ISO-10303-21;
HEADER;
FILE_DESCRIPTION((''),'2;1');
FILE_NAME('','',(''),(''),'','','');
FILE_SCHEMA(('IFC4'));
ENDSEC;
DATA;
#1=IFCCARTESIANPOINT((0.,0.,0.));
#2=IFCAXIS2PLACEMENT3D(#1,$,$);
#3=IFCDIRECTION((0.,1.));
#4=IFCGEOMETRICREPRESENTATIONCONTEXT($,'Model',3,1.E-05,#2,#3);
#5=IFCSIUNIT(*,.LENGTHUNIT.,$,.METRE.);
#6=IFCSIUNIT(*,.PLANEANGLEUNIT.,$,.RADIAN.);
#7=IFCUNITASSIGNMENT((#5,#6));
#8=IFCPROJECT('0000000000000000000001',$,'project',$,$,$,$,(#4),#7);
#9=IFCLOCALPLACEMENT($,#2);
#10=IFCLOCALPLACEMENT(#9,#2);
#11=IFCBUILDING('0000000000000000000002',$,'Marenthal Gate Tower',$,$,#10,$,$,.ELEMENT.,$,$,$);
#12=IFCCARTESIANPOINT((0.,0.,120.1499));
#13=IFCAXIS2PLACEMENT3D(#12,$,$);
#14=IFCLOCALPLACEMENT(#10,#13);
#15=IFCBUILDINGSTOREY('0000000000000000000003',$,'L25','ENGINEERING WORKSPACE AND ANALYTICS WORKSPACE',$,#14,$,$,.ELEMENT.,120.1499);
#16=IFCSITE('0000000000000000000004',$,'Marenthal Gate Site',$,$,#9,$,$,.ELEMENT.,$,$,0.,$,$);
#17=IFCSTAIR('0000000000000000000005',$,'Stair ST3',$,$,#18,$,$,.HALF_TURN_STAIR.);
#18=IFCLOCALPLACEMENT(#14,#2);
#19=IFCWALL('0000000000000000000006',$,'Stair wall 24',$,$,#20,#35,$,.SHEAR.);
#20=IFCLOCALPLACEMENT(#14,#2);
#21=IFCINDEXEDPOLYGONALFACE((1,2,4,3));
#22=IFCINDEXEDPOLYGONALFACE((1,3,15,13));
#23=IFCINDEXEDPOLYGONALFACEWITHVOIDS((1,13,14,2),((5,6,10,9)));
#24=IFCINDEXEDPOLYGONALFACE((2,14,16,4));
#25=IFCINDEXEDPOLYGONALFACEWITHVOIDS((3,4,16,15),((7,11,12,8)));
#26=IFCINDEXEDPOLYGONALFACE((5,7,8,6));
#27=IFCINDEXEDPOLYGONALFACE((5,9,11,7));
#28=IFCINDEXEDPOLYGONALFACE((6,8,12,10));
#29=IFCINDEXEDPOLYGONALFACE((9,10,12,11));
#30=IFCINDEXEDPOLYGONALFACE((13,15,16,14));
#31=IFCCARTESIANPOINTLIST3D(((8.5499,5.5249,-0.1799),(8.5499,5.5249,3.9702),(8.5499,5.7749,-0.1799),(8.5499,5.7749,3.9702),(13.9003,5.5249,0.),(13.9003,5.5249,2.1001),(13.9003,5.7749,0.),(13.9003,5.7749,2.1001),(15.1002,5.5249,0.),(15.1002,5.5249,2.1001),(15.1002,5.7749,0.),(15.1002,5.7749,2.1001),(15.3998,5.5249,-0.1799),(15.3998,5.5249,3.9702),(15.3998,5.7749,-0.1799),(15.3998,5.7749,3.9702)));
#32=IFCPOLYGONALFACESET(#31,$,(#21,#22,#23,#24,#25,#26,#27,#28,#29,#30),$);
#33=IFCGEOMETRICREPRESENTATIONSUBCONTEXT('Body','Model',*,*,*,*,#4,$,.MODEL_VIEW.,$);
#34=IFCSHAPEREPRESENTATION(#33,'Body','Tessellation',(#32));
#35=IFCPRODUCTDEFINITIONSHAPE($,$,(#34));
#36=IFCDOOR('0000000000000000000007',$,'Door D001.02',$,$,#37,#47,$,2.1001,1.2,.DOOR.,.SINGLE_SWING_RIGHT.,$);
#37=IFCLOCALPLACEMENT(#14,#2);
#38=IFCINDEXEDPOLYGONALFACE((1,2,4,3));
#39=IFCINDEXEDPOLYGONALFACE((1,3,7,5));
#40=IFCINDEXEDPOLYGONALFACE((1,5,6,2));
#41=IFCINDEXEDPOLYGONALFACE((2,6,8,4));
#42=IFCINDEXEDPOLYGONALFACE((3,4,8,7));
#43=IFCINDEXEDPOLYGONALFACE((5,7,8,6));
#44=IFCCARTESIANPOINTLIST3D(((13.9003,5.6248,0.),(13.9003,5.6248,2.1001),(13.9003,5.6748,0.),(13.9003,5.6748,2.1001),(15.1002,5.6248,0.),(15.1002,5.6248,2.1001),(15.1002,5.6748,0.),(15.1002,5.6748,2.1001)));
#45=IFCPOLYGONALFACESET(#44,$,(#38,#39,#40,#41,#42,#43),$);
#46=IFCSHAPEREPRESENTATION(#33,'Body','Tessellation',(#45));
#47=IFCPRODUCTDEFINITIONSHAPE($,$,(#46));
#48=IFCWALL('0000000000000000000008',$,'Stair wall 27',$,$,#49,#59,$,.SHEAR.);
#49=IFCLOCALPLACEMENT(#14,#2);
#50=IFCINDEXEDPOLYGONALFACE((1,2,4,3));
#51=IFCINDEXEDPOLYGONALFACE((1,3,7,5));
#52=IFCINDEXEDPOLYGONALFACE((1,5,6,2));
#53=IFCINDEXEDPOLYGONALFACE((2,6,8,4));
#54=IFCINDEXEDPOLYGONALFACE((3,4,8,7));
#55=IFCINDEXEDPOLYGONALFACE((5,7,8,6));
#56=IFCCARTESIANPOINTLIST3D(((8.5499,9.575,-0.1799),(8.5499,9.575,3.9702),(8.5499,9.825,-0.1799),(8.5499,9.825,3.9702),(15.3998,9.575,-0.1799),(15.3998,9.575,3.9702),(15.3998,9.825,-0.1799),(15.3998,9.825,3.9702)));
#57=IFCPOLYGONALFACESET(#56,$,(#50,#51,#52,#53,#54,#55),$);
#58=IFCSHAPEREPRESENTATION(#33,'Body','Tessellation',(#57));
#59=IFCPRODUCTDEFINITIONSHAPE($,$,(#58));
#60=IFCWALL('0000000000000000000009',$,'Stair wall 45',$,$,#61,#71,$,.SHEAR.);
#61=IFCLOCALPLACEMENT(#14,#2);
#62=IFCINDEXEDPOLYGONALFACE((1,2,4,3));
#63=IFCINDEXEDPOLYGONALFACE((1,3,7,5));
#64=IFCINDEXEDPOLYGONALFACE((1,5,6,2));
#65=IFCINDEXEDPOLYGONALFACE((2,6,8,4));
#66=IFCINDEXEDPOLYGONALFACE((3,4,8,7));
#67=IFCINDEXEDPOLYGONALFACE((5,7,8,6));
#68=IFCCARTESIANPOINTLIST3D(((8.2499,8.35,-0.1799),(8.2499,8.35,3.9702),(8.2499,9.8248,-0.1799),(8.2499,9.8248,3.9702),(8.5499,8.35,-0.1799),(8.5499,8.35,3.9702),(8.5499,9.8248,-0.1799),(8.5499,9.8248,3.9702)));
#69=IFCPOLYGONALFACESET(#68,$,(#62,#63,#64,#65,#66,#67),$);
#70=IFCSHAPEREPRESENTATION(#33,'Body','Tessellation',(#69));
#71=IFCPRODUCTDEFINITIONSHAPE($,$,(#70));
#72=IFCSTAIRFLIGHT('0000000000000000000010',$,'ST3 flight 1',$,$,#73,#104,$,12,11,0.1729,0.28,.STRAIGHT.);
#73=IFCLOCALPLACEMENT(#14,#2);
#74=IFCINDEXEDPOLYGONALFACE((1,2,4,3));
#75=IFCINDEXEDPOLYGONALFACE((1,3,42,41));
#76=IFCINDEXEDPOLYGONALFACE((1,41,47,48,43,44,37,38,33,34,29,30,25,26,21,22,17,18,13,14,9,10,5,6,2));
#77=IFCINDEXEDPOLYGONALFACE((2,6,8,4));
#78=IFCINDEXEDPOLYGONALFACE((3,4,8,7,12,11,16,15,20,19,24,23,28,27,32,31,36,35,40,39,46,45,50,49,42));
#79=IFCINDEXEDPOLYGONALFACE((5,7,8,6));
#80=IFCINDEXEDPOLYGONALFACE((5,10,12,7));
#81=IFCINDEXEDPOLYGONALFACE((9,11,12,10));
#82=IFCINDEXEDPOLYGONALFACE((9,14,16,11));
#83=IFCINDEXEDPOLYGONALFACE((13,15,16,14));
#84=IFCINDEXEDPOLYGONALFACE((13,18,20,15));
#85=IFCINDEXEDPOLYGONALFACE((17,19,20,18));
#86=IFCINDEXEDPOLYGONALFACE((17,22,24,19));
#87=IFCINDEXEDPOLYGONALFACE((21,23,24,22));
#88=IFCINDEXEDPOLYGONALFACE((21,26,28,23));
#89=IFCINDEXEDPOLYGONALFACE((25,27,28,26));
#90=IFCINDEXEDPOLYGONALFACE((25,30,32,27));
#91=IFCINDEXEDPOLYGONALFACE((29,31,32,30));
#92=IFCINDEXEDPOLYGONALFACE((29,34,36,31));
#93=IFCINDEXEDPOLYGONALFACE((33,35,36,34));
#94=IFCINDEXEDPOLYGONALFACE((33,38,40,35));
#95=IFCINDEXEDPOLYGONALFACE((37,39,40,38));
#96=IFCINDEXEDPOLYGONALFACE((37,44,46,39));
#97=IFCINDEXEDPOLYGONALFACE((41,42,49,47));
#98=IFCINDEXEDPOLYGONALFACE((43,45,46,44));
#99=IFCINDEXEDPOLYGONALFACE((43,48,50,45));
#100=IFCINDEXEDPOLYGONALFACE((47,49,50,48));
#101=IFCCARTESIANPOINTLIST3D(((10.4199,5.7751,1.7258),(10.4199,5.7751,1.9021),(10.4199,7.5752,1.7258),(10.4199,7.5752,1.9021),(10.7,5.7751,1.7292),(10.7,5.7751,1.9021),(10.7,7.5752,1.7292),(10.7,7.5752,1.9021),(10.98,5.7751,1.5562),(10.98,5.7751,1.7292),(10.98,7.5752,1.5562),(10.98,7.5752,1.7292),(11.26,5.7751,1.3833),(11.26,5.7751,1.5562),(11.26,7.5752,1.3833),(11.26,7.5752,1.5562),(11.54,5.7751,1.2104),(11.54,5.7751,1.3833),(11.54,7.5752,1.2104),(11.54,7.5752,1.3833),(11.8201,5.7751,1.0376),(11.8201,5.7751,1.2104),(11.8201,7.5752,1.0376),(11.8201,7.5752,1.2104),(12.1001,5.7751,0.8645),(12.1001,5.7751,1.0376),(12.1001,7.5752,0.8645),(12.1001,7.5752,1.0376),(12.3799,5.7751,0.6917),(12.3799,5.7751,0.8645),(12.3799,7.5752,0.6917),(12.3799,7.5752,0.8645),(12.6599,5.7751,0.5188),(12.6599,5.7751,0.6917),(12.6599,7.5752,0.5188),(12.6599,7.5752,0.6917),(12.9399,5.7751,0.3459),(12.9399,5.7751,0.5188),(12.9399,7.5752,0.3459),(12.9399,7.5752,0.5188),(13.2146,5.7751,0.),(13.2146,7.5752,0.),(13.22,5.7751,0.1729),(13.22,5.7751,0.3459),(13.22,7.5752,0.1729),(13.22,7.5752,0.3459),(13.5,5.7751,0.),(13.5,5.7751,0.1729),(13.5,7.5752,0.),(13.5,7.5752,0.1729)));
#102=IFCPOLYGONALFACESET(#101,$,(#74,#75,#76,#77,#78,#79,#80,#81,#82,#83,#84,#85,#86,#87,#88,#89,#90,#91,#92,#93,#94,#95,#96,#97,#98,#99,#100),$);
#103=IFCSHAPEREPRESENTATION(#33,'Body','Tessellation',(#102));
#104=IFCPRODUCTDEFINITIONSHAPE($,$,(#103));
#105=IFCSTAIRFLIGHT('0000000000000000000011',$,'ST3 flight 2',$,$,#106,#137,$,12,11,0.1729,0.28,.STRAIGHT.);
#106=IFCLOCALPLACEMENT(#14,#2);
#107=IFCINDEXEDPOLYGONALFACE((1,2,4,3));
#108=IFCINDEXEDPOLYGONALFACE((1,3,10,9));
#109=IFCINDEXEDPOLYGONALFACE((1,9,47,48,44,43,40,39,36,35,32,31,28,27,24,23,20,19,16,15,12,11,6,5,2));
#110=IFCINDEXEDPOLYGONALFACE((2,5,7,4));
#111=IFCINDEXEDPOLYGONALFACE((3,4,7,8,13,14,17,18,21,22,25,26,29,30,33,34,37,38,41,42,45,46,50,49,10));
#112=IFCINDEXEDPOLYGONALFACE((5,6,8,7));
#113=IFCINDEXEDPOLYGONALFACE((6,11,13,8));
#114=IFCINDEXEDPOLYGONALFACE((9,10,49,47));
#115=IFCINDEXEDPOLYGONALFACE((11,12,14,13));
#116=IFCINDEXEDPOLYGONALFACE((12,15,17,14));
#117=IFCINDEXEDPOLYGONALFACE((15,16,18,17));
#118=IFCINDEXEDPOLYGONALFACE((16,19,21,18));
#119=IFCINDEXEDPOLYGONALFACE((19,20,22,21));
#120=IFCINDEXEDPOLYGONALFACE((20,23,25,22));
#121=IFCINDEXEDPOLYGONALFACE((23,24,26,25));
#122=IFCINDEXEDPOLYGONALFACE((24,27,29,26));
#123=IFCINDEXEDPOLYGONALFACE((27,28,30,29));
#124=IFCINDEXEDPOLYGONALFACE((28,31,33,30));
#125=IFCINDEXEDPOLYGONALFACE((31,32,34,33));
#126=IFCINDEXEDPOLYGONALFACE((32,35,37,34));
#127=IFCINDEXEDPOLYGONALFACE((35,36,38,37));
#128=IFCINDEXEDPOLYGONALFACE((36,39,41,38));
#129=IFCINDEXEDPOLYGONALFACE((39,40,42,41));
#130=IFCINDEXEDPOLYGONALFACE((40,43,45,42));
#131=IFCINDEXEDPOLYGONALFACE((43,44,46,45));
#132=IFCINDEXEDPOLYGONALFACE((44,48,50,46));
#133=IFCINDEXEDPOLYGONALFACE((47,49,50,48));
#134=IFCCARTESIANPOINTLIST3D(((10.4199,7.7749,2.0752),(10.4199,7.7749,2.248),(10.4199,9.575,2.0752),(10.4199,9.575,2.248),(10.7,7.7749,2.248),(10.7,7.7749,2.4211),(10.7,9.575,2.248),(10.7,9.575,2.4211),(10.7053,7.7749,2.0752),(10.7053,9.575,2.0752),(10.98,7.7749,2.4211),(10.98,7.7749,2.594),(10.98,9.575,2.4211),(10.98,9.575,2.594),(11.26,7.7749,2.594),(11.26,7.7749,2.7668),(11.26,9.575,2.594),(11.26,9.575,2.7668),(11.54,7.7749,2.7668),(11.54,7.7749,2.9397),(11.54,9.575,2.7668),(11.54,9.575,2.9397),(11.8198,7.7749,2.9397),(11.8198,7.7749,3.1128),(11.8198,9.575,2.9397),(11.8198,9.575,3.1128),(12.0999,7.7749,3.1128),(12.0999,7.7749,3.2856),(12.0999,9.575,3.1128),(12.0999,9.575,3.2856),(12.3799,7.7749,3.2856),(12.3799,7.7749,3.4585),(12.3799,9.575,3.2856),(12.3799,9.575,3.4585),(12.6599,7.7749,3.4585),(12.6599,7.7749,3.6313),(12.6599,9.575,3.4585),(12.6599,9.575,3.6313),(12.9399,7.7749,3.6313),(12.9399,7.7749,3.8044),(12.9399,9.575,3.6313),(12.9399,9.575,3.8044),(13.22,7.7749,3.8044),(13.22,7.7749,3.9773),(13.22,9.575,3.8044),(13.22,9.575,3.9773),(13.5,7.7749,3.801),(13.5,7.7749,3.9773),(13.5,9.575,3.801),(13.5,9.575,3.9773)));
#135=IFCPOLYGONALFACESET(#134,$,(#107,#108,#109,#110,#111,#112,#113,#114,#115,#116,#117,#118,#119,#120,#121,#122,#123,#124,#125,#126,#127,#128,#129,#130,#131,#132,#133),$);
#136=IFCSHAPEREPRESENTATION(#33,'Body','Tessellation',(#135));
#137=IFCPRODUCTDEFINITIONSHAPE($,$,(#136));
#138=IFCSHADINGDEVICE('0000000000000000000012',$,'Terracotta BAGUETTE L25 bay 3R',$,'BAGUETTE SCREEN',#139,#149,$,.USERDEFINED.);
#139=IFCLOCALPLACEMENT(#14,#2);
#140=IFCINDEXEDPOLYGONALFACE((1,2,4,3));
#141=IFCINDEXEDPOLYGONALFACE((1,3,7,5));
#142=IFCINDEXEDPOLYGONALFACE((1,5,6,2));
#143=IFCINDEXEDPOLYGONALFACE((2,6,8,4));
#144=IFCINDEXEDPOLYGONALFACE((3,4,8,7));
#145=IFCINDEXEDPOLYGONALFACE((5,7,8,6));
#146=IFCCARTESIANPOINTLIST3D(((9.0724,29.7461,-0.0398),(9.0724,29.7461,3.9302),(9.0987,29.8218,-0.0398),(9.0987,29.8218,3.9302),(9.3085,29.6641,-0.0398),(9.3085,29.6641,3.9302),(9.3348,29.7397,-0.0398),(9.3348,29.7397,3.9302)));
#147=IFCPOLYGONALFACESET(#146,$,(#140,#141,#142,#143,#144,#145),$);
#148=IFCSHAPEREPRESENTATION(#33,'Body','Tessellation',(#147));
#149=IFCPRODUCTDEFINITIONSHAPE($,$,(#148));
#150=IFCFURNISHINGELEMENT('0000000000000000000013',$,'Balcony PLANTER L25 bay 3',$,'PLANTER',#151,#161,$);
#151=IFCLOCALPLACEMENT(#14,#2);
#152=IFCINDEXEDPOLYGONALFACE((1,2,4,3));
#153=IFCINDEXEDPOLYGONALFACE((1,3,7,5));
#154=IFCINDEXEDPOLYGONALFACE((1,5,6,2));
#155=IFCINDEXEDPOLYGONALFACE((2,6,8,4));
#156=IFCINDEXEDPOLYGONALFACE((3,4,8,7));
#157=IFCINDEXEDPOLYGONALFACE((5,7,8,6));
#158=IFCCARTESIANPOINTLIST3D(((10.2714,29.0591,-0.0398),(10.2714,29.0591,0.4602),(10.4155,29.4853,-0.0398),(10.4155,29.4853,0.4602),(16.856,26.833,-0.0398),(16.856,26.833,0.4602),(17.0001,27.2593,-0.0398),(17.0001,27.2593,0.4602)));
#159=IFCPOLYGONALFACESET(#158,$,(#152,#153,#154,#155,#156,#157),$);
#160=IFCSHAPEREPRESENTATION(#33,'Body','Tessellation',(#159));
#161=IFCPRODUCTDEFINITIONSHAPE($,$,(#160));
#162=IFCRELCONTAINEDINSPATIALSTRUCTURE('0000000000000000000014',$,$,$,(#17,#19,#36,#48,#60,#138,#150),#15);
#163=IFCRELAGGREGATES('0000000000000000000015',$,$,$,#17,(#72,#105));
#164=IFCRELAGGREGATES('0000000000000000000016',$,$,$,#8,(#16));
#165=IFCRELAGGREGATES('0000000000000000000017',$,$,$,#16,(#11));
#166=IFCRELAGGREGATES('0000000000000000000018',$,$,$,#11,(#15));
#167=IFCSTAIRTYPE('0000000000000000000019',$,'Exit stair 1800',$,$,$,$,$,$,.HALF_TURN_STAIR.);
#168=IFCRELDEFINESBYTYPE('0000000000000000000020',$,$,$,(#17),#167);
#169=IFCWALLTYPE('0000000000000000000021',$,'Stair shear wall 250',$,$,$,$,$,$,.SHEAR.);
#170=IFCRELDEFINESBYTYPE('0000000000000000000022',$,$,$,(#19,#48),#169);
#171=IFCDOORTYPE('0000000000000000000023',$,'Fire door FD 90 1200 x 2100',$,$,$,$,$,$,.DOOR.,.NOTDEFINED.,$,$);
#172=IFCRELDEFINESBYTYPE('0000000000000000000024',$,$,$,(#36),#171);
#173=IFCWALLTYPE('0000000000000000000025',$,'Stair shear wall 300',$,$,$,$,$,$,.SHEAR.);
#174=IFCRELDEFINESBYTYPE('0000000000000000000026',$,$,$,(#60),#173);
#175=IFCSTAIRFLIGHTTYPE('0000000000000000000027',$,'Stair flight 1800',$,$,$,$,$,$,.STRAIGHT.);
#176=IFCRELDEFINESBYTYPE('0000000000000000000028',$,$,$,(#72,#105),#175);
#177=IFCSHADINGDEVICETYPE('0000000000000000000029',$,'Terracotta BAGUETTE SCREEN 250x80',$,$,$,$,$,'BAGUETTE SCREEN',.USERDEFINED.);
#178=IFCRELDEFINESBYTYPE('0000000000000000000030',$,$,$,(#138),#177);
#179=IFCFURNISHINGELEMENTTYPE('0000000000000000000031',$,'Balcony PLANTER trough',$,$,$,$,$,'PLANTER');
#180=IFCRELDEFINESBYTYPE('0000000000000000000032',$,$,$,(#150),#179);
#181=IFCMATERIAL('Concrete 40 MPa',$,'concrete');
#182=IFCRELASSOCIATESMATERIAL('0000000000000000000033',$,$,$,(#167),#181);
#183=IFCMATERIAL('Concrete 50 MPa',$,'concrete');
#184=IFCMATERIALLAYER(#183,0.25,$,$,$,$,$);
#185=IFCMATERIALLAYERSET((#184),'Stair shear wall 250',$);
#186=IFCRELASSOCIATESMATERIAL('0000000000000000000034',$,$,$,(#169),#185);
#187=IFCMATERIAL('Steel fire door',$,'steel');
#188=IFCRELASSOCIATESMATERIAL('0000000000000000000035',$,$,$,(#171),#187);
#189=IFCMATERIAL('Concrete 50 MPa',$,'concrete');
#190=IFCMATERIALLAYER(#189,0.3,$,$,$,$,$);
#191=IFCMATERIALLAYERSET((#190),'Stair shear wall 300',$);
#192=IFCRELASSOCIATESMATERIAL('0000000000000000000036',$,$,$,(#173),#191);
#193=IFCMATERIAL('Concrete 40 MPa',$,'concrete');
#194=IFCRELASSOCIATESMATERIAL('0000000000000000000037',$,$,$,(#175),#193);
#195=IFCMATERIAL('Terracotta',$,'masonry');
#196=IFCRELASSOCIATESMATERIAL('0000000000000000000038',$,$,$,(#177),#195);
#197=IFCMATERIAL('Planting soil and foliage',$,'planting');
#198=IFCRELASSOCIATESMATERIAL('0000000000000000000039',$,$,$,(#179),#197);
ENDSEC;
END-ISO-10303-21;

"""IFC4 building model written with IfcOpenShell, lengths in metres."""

from ifc_helpers import new_model, si_unit, direction, frame, frame_2d, origin, origin_2d, place, context, subcontext, project, spatial, polyline, rectangle, outline, extrude, material, layer, layer_set, material_profile, profile_set, type_object, element, fill, aggregate, save


model = new_model("IFC4")

# Units and contexts
model_context = context("Model", 3, precision=1e-05, world=origin(), true_north=direction((0.0, 1.0)))
body_context = subcontext(model_context, "Body", "Model", "MODEL_VIEW")
ifc_project = project(units=[si_unit("LENGTHUNIT", "METRE"), si_unit("PLANEANGLEUNIT", "RADIAN")], contexts=[model_context])

# Site, building, storey
site_placement = place(None, origin())
site = spatial("IfcSite", under=ifc_project, at=site_placement, Name="Marenthal Gate Site", CompositionType="ELEMENT", RefElevation=0.0)
building_placement = place(site_placement, origin())
building = spatial("IfcBuilding", under=site, at=building_placement, Name="Marenthal Gate Tower", CompositionType="ELEMENT")
storey_placement = place(building_placement, frame((0.0, 0.0, 120.1499)))
storey = spatial("IfcBuildingStorey", under=building, at=storey_placement, Name="L25", Description="ENGINEERING WORKSPACE AND ANALYTICS WORKSPACE", CompositionType="ELEMENT", Elevation=120.1499)

# Stair
ifc_material_1 = material(Name="Concrete 40 MPa", Category="concrete")
stair_type = type_object("IfcStairType", Name="Exit stair 1800", PredefinedType="HALF_TURN_STAIR", material=ifc_material_1)
stair_1_placement = place(storey_placement, origin())
stair_1 = element("IfcStair", 1, at=stair_1_placement, inside=storey, type_object=stair_type, Name="Stair ST3", PredefinedType="HALF_TURN_STAIR")

# Wall, opening, door
ifc_material_2 = material(Name="Concrete 50 MPa", Category="concrete")
ifc_layer_1 = layer(ifc_material_2, 0.25)
ifc_layer_set_1 = layer_set([ifc_layer_1], Name="Stair shear wall 250")
wall_type_1 = type_object("IfcWallType", Name="Stair shear wall 250", PredefinedType="SHEAR", material=ifc_layer_set_1)
wall_1_placement = place(storey_placement, frame((8.55, 5.6499, -0.1799), z_axis=(0.0, 0.0, 1.0), x_axis=(1.0, 0.0, 0.0)))
wall_1 = element("IfcWall", 2, at=wall_1_placement, inside=storey, type_object=wall_type_1, Name="Stair wall 24", PredefinedType="SHEAR", context=body_context, shape_type="SweptSolid", body=[
    extrude(rectangle(XDim=6.8499, YDim=0.25, at=frame_2d((3.4248, 0.0))), origin(), (0.0, 0.0, 1.0), 4.1501),
])
opening_1_placement = place(wall_1_placement, frame((5.3501, 0.0, 0.1799)))
opening_1 = element("IfcOpeningElement", 3, at=opening_1_placement, cuts=wall_1, PredefinedType="OPENING", context=body_context, shape_type="SweptSolid", body=[
    extrude(rectangle(XDim=1.2, YDim=2.1001, at=frame_2d((0.6001, 1.05))), frame((0.0, 0.135, 0.0), z_axis=(0.0, -1.0, 0.0), x_axis=(1.0, 0.0, 0.0)), (0.0, 0.0, 1.0), 0.27),
])
ifc_material_3 = material(Name="Steel fire door", Category="steel")
door_type_1 = type_object("IfcDoorType", Name="Fire door FD 90 1200 x 2100", OperationType="NOTDEFINED", PredefinedType="DOOR", material=ifc_material_3)
door_1_placement = place(opening_1_placement, origin())
door_1 = element("IfcDoor", 4, at=door_1_placement, inside=storey, type_object=door_type_1, Name="Door D001.02", OperationType="SINGLE_SWING_RIGHT", OverallHeight=2.1001, OverallWidth=1.2, PredefinedType="DOOR", context=body_context, shape_type="SweptSolid", body=[
    extrude(rectangle(XDim=1.2, YDim=2.1001, at=frame_2d((0.6001, 1.05))), frame((0.0, 0.0249, 0.0), z_axis=(0.0, -1.0, 0.0), x_axis=(1.0, 0.0, 0.0)), (0.0, 0.0, 1.0), 0.05),
])
fill(opening_1, door_1)

# Walls
wall_2_placement = place(storey_placement, frame((8.55, 9.7, -0.1799), z_axis=(0.0, 0.0, 1.0), x_axis=(1.0, 0.0, 0.0)))
element("IfcWall", 5, at=wall_2_placement, inside=storey, type_object=wall_type_1, Name="Stair wall 27", PredefinedType="SHEAR", context=body_context, shape_type="SweptSolid", body=[
    extrude(rectangle(XDim=6.8499, YDim=0.25, at=frame_2d((3.4248, 0.0))), origin(), (0.0, 0.0, 1.0), 4.1501),
])
ifc_material_4 = material(Name="Concrete 50 MPa", Category="concrete")
ifc_layer_2 = layer(ifc_material_4, 0.3)
ifc_layer_set_2 = layer_set([ifc_layer_2], Name="Stair shear wall 300")
wall_type_2 = type_object("IfcWallType", Name="Stair shear wall 300", PredefinedType="SHEAR", material=ifc_layer_set_2)
wall_3_placement = place(storey_placement, frame((8.3999, 8.3501, -0.1799), z_axis=(0.0, 0.0, 1.0), x_axis=(0.0, 1.0, 0.0)))
element("IfcWall", 6, at=wall_3_placement, inside=storey, type_object=wall_type_2, Name="Stair wall 45", PredefinedType="SHEAR", context=body_context, shape_type="SweptSolid", body=[
    extrude(rectangle(XDim=1.4749, YDim=0.3, at=frame_2d((0.7373, 0.0))), origin(), (0.0, 0.0, 1.0), 4.1501),
])

# Stair flights
ifc_material_5 = material(Name="Concrete 40 MPa", Category="concrete")
stair_flight_type = type_object("IfcStairFlightType", Name="Stair flight 1800", PredefinedType="STRAIGHT", material=ifc_material_5)
stair_flight_1_placement = place(storey_placement, frame((13.5, 6.675, 0.0), z_axis=(0.0, 0.0, 1.0), x_axis=(-1.0, 0.0, 0.0)))
stair_flight_1 = element("IfcStairFlight", 7, at=stair_flight_1_placement, type_object=stair_flight_type, Name="ST3 flight 1", NumberOfRisers=12, NumberOfTreads=11, PredefinedType="STRAIGHT", RiserHeight=0.1729, TreadLength=0.28, context=body_context, shape_type="SweptSolid", body=[
    extrude(outline(polyline([(0.0, 0.0), (0.0, 0.1729), (0.28, 0.1729), (0.28, 0.3459), (0.5601, 0.3459), (0.5601, 0.5188), (0.8401, 0.5188), (0.8401, 0.6917), (1.1201, 0.6917), (1.1201, 0.8645), (1.3999, 0.8645), (1.3999, 1.0376), (1.6799, 1.0376), (1.6799, 1.2104), (1.96, 1.2104), (1.96, 1.3833), (2.24, 1.3833), (2.24, 1.5562), (2.52, 1.5562), (2.52, 1.7292), (2.8, 1.7292), (2.8, 1.9021), (3.0801, 1.9021), (3.0801, 2.075), (3.0801, 1.7258), (0.2854, 0.0), (0.0, 0.0)])), frame((0.0, 0.8999, 0.0), z_axis=(0.0, -1.0, 0.0), x_axis=(1.0, 0.0, 0.0)), (0.0, 0.0, 1.0), 1.8),
])
stair_flight_2_placement = place(storey_placement, frame((10.4199, 8.675, 2.0752), z_axis=(0.0, 0.0, 1.0), x_axis=(1.0, 0.0, 0.0)))
stair_flight_2 = element("IfcStairFlight", 8, at=stair_flight_2_placement, type_object=stair_flight_type, Name="ST3 flight 2", NumberOfRisers=12, NumberOfTreads=11, PredefinedType="STRAIGHT", RiserHeight=0.1729, TreadLength=0.28, context=body_context, shape_type="SweptSolid", body=[
    extrude(outline(polyline([(0.0, 0.0), (0.0, 0.1729), (0.28, 0.1729), (0.28, 0.3459), (0.5601, 0.3459), (0.5601, 0.5188), (0.8401, 0.5188), (0.8401, 0.6917), (1.1201, 0.6917), (1.1201, 0.8645), (1.3999, 0.8645), (1.3999, 1.0376), (1.6799, 1.0376), (1.6799, 1.2104), (1.96, 1.2104), (1.96, 1.3833), (2.24, 1.3833), (2.24, 1.5562), (2.52, 1.5562), (2.52, 1.7292), (2.8, 1.7292), (2.8, 1.9021), (3.0801, 1.9021), (3.0801, 2.075), (3.0801, 1.7258), (0.2854, 0.0), (0.0, 0.0)])), frame((0.0, 0.8999, 0.0), z_axis=(0.0, -1.0, 0.0), x_axis=(1.0, 0.0, 0.0)), (0.0, 0.0, 1.0), 1.8),
])
aggregate(stair_1, [stair_flight_1, stair_flight_2])

# Shading device
ifc_material_6 = material(Name="Terracotta", Category="masonry")
ifc_material_profile_1 = material_profile(ifc_material_6, rectangle(XDim=0.25, YDim=0.0801, at=origin_2d()), Name="Terracotta baguette 250x80")
ifc_profile_set_1 = profile_set([ifc_material_profile_1], Name="Terracotta")
shading_device_type = type_object("IfcShadingDeviceType", Name="Terracotta BAGUETTE SCREEN 250x80", ElementType="BAGUETTE SCREEN", PredefinedType="USERDEFINED", material=ifc_profile_set_1)
shading_device_placement = place(storey_placement, frame((9.2036, 29.7429, -0.0398), z_axis=(0.0, 0.0, 1.0), x_axis=(-0.944576, 0.328292, 0.0)))
element("IfcShadingDevice", 9, at=shading_device_placement, inside=storey, type_object=shading_device_type, Name="Terracotta BAGUETTE L25 bay 3R", ObjectType="BAGUETTE SCREEN", PredefinedType="USERDEFINED", context=body_context, shape_type="SweptSolid", body=[
    extrude(rectangle(XDim=0.25, YDim=0.0801, at=origin_2d()), origin(), (0.0, 0.0, 1.0), 3.97),
])

# Furnishing element
ifc_material_7 = material(Name="Planting soil and foliage", Category="planting")
furnishing_element_type = type_object("IfcFurnishingElementType", Name="Balcony PLANTER trough", ElementType="PLANTER", material=ifc_material_7)
furnishing_placement = place(storey_placement, frame((13.6357, 28.1592, -0.0398), z_axis=(0.0, 0.0, 1.0), x_axis=(-0.947329, 0.320262, 0.0)))
element("IfcFurnishingElement", 10, at=furnishing_placement, inside=storey, type_object=furnishing_element_type, Name="Balcony PLANTER L25 bay 3", ObjectType="PLANTER", context=body_context, shape_type="SweptSolid", body=[
    extrude(rectangle(XDim=6.9507, YDim=0.45, at=origin_2d()), origin(), (0.0, 0.0, 1.0), 0.5),
])

save(model, "model.ifc")
